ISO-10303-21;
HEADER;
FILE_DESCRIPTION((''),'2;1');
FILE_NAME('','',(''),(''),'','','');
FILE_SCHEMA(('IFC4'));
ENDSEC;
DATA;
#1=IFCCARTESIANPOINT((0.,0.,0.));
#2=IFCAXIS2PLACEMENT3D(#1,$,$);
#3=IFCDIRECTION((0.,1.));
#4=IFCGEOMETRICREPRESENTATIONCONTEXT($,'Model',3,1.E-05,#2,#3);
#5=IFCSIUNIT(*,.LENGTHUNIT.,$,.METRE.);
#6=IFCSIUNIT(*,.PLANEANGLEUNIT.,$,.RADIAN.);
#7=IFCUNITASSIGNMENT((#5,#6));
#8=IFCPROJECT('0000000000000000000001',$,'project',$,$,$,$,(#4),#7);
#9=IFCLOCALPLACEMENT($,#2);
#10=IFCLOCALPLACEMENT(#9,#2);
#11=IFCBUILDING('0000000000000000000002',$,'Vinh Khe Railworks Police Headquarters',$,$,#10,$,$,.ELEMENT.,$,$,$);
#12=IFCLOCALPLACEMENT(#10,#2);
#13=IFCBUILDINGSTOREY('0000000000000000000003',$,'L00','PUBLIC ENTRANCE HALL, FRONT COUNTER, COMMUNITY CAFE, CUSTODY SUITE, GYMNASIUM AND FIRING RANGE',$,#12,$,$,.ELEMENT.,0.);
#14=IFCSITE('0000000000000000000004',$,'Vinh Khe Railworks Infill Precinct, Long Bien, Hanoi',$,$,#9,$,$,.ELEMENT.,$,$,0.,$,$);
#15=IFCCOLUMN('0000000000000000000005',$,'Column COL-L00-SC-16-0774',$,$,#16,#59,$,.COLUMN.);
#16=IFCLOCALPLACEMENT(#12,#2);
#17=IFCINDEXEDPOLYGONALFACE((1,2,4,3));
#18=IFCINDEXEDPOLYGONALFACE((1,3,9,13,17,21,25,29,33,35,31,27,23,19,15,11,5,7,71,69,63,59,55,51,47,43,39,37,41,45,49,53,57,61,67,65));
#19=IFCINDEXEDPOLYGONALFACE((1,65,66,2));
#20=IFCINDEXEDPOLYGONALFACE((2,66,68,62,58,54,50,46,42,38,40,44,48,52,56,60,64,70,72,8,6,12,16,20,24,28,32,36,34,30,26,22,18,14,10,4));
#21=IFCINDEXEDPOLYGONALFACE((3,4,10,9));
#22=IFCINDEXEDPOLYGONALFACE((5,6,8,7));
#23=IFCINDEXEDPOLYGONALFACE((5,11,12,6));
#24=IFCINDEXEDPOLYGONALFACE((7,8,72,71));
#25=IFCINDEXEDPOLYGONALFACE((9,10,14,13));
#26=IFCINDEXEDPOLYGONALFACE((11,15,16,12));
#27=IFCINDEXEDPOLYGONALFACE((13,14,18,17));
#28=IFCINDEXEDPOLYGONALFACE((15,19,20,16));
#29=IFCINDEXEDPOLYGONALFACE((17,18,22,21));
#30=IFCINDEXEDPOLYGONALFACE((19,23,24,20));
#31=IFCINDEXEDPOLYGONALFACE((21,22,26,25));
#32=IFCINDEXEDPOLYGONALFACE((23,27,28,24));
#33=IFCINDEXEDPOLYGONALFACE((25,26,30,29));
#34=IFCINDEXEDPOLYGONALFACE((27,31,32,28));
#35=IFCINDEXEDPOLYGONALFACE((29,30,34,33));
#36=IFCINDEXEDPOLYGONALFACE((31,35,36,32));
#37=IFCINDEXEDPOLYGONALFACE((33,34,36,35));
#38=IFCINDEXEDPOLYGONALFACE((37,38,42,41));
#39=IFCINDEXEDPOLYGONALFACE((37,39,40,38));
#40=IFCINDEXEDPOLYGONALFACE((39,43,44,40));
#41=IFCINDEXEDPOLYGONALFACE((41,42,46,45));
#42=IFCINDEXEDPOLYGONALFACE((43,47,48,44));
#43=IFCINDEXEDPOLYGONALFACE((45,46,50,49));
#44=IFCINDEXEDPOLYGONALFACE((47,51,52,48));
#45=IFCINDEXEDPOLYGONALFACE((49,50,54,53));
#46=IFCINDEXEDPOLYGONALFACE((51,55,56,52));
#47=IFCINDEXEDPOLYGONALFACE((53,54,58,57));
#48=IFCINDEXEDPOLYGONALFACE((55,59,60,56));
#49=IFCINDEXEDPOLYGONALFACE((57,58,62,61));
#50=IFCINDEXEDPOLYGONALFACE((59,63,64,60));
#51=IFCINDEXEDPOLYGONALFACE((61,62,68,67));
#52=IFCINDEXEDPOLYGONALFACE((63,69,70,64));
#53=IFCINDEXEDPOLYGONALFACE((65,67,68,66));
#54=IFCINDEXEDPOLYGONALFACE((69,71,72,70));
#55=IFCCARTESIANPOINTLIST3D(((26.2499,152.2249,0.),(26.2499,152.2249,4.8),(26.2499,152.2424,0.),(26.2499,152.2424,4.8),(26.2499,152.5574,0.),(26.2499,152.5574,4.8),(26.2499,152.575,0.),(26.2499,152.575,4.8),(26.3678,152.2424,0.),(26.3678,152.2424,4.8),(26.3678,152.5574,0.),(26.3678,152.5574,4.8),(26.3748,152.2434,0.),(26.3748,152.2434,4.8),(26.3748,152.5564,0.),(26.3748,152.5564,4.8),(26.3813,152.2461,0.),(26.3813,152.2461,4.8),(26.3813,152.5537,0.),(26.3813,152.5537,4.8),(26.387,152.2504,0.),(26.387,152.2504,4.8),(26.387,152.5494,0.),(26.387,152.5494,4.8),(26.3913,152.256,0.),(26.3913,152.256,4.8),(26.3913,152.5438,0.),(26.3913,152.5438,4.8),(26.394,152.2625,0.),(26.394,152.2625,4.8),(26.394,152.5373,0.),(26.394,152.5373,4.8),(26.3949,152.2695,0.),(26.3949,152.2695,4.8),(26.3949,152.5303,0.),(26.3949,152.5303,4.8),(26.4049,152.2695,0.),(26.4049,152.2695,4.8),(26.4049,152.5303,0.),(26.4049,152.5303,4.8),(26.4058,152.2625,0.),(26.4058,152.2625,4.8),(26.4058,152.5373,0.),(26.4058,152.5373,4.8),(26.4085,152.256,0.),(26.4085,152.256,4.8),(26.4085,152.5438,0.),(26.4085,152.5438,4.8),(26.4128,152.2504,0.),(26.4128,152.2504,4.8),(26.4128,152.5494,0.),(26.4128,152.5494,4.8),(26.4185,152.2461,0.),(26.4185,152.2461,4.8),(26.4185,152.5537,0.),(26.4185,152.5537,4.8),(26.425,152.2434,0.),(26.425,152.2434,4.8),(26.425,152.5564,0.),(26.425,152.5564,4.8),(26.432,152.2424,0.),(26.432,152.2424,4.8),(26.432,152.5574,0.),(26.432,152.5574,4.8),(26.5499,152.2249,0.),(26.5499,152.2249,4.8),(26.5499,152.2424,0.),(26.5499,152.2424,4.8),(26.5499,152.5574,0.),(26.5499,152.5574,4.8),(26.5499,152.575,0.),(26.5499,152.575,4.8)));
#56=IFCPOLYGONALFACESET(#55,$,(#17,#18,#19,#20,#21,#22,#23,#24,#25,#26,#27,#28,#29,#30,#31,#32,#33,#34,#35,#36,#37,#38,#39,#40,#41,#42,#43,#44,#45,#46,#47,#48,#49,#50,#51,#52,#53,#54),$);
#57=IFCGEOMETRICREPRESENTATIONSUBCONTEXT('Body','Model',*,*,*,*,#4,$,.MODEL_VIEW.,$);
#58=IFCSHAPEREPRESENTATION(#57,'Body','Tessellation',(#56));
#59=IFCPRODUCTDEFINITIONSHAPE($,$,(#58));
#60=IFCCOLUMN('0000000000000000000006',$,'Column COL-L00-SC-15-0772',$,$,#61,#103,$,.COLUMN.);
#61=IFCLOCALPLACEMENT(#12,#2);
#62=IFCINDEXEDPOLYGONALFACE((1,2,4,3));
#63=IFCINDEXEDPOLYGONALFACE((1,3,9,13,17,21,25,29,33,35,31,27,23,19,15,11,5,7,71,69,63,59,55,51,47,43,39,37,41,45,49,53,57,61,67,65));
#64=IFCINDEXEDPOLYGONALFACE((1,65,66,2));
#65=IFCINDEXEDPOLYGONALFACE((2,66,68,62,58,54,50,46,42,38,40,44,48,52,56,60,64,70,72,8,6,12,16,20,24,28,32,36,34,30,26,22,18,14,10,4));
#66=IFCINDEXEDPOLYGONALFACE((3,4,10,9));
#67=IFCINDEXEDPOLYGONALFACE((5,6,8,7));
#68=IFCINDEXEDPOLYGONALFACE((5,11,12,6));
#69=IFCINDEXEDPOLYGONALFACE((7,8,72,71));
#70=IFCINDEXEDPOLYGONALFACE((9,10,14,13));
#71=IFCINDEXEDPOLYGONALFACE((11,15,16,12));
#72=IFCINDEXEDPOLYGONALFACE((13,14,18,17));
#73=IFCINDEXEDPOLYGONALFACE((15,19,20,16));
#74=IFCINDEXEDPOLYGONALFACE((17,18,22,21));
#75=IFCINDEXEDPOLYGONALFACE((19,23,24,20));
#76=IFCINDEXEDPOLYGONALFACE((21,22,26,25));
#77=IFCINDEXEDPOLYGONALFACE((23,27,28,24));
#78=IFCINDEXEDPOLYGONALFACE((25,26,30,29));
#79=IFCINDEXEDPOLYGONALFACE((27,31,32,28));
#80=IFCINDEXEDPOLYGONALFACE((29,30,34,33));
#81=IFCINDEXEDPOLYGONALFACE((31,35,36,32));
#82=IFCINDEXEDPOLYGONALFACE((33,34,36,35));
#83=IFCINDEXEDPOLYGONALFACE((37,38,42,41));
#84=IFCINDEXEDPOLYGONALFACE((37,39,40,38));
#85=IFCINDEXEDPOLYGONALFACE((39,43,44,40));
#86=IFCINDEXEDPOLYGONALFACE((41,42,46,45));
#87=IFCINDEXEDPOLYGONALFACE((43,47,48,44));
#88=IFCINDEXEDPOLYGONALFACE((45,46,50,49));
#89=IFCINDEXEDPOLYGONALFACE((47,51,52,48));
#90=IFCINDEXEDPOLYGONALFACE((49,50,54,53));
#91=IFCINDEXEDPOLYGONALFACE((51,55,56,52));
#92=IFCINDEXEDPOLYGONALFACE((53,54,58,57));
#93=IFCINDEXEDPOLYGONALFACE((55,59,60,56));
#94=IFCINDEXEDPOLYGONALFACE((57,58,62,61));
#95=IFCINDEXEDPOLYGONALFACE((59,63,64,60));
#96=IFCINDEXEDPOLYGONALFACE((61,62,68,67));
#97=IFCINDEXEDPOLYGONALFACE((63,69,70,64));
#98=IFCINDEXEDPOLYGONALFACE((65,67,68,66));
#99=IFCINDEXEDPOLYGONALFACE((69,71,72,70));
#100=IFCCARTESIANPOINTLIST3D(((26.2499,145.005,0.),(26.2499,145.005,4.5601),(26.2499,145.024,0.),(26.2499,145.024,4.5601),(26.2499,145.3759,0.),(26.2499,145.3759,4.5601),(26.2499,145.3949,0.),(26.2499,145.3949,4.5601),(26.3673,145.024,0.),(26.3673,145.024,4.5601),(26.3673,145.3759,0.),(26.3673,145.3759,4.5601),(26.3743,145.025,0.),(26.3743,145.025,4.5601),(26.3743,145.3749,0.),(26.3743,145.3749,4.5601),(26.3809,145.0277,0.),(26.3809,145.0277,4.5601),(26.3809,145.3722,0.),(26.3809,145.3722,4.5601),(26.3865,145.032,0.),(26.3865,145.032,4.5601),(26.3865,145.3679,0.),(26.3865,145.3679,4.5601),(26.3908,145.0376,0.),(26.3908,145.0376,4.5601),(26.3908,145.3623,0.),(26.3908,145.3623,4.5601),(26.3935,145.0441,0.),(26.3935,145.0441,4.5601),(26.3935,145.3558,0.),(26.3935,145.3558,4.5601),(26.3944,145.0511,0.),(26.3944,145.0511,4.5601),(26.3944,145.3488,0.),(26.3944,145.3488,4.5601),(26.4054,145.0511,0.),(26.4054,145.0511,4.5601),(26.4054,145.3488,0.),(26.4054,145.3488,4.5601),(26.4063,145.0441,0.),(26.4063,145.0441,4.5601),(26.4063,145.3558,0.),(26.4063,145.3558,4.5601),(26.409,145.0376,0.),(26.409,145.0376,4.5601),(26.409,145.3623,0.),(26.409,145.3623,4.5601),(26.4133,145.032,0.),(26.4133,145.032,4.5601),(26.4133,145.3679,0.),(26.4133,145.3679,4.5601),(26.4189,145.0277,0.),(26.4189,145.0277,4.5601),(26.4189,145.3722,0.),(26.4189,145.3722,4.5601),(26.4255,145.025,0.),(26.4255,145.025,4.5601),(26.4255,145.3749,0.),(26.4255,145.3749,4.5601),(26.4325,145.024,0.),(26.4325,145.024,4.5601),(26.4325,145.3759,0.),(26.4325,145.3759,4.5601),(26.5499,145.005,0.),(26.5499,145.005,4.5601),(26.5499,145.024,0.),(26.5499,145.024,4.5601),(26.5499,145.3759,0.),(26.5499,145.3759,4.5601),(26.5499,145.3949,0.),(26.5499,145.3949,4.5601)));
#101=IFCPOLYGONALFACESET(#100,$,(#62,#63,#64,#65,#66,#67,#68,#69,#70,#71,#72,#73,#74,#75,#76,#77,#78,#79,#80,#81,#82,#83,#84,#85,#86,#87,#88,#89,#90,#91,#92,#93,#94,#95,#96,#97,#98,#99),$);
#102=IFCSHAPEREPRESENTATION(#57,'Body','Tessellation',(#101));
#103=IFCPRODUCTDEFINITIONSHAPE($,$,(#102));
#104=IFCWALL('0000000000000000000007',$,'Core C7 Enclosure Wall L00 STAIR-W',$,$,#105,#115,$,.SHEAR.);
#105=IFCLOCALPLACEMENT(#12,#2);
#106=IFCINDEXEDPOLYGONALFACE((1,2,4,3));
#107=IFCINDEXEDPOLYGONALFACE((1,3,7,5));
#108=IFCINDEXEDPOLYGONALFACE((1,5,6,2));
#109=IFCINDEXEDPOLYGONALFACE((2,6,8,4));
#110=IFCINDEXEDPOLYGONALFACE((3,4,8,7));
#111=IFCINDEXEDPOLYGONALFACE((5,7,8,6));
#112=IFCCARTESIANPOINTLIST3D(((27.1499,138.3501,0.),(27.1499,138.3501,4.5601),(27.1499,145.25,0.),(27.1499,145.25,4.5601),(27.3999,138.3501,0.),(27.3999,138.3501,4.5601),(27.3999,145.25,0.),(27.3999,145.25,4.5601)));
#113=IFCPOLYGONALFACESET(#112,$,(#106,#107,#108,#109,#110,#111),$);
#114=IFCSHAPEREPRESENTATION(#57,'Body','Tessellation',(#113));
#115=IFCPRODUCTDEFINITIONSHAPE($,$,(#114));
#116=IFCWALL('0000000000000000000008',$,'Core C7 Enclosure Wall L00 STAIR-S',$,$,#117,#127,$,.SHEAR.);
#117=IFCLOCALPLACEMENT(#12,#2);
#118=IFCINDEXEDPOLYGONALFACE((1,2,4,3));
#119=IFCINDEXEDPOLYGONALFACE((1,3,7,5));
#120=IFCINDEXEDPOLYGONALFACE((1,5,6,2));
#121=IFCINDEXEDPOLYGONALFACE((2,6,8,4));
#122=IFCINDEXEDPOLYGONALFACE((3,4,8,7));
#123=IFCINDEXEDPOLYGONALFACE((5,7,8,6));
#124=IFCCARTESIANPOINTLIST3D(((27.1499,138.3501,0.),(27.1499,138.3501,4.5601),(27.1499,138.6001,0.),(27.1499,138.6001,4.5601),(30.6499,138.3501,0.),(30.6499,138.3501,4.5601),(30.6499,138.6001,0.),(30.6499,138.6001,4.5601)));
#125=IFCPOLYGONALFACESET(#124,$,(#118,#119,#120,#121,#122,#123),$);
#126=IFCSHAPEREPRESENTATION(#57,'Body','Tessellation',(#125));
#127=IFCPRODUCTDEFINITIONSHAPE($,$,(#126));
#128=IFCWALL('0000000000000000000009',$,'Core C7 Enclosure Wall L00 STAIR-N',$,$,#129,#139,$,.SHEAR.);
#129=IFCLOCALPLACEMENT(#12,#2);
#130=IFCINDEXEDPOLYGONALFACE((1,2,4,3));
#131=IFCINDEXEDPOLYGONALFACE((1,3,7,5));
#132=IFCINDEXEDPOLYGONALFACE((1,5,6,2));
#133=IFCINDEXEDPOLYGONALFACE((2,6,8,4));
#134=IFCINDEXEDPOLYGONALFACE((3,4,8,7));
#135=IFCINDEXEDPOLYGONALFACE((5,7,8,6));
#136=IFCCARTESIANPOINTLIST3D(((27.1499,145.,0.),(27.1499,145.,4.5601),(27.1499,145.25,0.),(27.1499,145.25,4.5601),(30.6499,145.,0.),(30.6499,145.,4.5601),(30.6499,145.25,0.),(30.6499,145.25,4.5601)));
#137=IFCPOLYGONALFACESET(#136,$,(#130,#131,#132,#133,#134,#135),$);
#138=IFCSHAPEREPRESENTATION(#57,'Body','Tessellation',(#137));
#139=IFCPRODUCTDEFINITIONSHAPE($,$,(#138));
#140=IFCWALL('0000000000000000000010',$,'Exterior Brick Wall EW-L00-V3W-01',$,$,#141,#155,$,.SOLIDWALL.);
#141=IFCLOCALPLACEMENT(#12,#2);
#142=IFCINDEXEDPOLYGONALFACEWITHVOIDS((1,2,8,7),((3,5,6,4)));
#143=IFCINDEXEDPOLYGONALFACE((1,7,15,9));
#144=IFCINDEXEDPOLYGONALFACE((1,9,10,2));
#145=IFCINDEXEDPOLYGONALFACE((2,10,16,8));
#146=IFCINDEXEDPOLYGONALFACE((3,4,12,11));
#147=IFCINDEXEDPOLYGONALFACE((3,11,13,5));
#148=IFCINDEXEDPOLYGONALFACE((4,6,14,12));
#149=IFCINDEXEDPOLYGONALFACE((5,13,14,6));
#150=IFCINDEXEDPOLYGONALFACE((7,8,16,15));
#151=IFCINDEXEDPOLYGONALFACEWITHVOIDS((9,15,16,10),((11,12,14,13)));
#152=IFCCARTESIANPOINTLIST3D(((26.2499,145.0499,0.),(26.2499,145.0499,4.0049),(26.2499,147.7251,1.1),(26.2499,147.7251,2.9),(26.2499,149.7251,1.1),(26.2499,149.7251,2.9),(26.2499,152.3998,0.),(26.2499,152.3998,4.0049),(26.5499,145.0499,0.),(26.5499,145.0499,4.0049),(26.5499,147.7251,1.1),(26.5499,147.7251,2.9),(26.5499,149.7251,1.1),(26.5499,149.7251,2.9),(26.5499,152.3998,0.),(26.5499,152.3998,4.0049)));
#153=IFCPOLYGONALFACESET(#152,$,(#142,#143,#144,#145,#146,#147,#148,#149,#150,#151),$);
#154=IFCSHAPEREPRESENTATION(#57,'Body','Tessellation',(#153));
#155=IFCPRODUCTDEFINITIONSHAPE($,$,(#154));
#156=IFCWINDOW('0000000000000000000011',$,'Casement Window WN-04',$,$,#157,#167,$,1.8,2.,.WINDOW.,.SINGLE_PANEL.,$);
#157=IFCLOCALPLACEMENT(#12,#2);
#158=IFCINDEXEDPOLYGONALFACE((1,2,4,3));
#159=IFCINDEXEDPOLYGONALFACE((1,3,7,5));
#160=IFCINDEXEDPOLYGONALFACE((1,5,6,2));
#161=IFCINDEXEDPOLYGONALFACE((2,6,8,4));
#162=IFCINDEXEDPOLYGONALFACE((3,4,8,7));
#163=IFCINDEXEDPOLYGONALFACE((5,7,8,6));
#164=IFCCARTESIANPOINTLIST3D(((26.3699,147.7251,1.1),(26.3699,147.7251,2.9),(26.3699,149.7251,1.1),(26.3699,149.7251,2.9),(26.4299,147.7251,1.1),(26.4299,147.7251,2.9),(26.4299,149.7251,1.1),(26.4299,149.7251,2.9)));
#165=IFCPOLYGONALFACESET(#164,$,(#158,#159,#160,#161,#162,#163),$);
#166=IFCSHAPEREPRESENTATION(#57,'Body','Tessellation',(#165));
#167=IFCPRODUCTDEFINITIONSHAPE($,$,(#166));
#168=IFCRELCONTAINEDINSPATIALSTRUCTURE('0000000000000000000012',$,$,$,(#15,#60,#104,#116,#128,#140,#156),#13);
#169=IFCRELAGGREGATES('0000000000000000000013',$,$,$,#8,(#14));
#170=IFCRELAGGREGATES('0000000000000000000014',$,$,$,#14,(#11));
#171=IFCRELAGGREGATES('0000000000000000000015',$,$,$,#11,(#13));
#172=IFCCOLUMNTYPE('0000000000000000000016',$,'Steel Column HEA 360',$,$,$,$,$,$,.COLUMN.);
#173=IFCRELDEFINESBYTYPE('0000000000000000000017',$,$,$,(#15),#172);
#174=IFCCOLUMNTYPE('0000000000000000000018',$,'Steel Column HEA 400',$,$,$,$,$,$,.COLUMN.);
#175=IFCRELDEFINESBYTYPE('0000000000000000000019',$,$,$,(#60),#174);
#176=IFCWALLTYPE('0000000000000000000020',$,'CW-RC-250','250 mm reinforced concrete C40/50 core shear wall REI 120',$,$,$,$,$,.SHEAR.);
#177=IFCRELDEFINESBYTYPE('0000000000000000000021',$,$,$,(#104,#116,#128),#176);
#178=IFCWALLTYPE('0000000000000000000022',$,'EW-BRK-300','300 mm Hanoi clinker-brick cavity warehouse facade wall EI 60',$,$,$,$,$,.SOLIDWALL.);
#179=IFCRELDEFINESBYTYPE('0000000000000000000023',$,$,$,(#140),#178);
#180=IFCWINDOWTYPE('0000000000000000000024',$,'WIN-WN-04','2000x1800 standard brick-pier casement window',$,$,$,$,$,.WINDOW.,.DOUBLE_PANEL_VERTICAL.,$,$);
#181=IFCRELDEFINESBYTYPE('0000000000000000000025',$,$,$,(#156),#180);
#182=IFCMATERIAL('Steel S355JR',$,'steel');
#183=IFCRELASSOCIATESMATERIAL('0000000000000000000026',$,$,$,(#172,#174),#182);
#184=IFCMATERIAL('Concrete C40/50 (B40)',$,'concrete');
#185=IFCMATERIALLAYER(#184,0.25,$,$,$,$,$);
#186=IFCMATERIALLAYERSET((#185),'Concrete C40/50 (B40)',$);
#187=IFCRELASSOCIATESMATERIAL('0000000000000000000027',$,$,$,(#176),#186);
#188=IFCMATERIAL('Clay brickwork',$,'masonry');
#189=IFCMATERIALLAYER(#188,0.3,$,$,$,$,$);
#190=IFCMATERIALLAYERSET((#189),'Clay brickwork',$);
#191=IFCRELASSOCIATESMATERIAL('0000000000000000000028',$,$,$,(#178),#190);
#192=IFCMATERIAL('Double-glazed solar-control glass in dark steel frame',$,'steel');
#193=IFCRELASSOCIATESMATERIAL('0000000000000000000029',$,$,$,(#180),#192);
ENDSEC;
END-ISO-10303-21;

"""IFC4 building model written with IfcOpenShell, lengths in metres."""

from ifc_helpers import new_model, si_unit, direction, frame, frame_2d, origin, origin_2d, place, context, subcontext, project, spatial, rectangle, i_section, extrude, material, layer, layer_set, material_profile, profile_set, type_object, element, fill, save


model = new_model("IFC4")

# Units and contexts
model_context = context("Model", 3, precision=1e-05, world=origin(), true_north=direction((0.0, 1.0)))
body_context = subcontext(model_context, "Body", "Model", "MODEL_VIEW")
ifc_project = project(units=[si_unit("LENGTHUNIT", "METRE"), si_unit("PLANEANGLEUNIT", "RADIAN")], contexts=[model_context])

# Site, building, storey
site_placement = place(None, origin())
site = spatial("IfcSite", under=ifc_project, at=site_placement, Name="Vinh Khe Railworks Infill Precinct, Long Bien, Hanoi", CompositionType="ELEMENT", RefElevation=0.0)
building_placement = place(site_placement, origin())
building = spatial("IfcBuilding", under=site, at=building_placement, Name="Vinh Khe Railworks Police Headquarters", CompositionType="ELEMENT")
storey_placement = place(building_placement, origin())
storey = spatial("IfcBuildingStorey", under=building, at=storey_placement, Name="L00", Description="PUBLIC ENTRANCE HALL, FRONT COUNTER, COMMUNITY CAFE, CUSTODY SUITE, GYMNASIUM AND FIRING RANGE", CompositionType="ELEMENT", Elevation=0.0)

# Columns
ifc_material_1 = material(Name="Steel S355JR", Category="steel")
ifc_material_profile_1 = material_profile(ifc_material_1, i_section(OverallWidth=0.3, OverallDepth=0.3501, WebThickness=0.01, FlangeThickness=0.0176, FilletRadius=0.0271, at=origin_2d()), Name="HEA 360")
ifc_profile_set_1 = profile_set([ifc_material_profile_1], Name="Steel S355JR")
column_type_1 = type_object("IfcColumnType", Name="Steel Column HEA 360", PredefinedType="COLUMN", material=ifc_profile_set_1)
column_1_placement = place(storey_placement, frame((26.3999, 152.3999, 0.0), z_axis=(0.0, 0.0, 1.0), x_axis=(1.0, 0.0, 0.0)))
element("IfcColumn", 1, at=column_1_placement, inside=storey, type_object=column_type_1, Name="Column COL-L00-SC-16-0774", PredefinedType="COLUMN", context=body_context, shape_type="SweptSolid", body=[
    extrude(i_section(OverallWidth=0.3, OverallDepth=0.3501, WebThickness=0.01, FlangeThickness=0.0176, FilletRadius=0.0271, at=origin_2d()), origin(), (0.0, 0.0, 1.0), 4.8),
])
ifc_material_profile_2 = material_profile(ifc_material_1, i_section(OverallWidth=0.3, OverallDepth=0.3899, WebThickness=0.011, FlangeThickness=0.019, FilletRadius=0.0271, at=origin_2d()), Name="HEA 400")
ifc_profile_set_2 = profile_set([ifc_material_profile_2], Name="Steel S355JR")
column_type_2 = type_object("IfcColumnType", Name="Steel Column HEA 400", PredefinedType="COLUMN", material=ifc_profile_set_2)
column_2_placement = place(storey_placement, frame((26.3999, 145.2, 0.0), z_axis=(0.0, 0.0, 1.0), x_axis=(1.0, 0.0, 0.0)))
element("IfcColumn", 2, at=column_2_placement, inside=storey, type_object=column_type_2, Name="Column COL-L00-SC-15-0772", PredefinedType="COLUMN", context=body_context, shape_type="SweptSolid", body=[
    extrude(i_section(OverallWidth=0.3, OverallDepth=0.3899, WebThickness=0.011, FlangeThickness=0.019, FilletRadius=0.0271, at=origin_2d()), origin(), (0.0, 0.0, 1.0), 4.5601),
])

# Walls
ifc_material_2 = material(Name="Concrete C40/50 (B40)", Category="concrete")
ifc_layer_1 = layer(ifc_material_2, 0.25)
ifc_layer_set_1 = layer_set([ifc_layer_1], Name="Concrete C40/50 (B40)")
wall_type_1 = type_object("IfcWallType", Name="CW-RC-250", Description="250 mm reinforced concrete C40/50 core shear wall REI 120", PredefinedType="SHEAR", material=ifc_layer_set_1)
wall_1_placement = place(storey_placement, frame((27.2749, 138.3501, 0.0), z_axis=(0.0, 0.0, 1.0), x_axis=(0.0, 1.0, 0.0)))
element("IfcWall", 3, at=wall_1_placement, inside=storey, type_object=wall_type_1, Name="Core C7 Enclosure Wall L00 STAIR-W", PredefinedType="SHEAR", context=body_context, shape_type="SweptSolid", body=[
    extrude(rectangle(XDim=6.8999, YDim=0.25, at=frame_2d((3.45, 0.0))), origin(), (0.0, 0.0, 1.0), 4.5601),
])
for number, where, z_axis, x_axis, name in (
    (4, (27.1499, 138.4751, 0.0), (0.0, 0.0, 1.0), (1.0, 0.0, 0.0), "Core C7 Enclosure Wall L00 STAIR-S"),
    (5, (27.1499, 145.125, 0.0), (0.0, 0.0, 1.0), (1.0, 0.0, 0.0), "Core C7 Enclosure Wall L00 STAIR-N"),
):
    element("IfcWall", number, at=place(storey_placement, frame(where, z_axis=z_axis, x_axis=x_axis)), inside=storey, type_object=wall_type_1, Name=name, PredefinedType="SHEAR", context=body_context, shape_type="SweptSolid", body=[
        extrude(rectangle(XDim=3.5, YDim=0.25, at=frame_2d((1.75, 0.0))), origin(), (0.0, 0.0, 1.0), 4.5601),
    ])

# Wall, opening, window
ifc_material_3 = material(Name="Clay brickwork", Category="masonry")
ifc_layer_2 = layer(ifc_material_3, 0.3)
ifc_layer_set_2 = layer_set([ifc_layer_2], Name="Clay brickwork")
wall_type_2 = type_object("IfcWallType", Name="EW-BRK-300", Description="300 mm Hanoi clinker-brick cavity warehouse facade wall EI 60", PredefinedType="SOLIDWALL", material=ifc_layer_set_2)
wall_2_placement = place(storey_placement, frame((26.3999, 145.05, 0.0), z_axis=(0.0, 0.0, 1.0), x_axis=(0.0, 1.0, 0.0)))
wall_2 = element("IfcWall", 6, at=wall_2_placement, inside=storey, type_object=wall_type_2, Name="Exterior Brick Wall EW-L00-V3W-01", PredefinedType="SOLIDWALL", context=body_context, shape_type="SweptSolid", body=[
    extrude(rectangle(XDim=7.3499, YDim=0.3, at=frame_2d((3.6748, 0.0))), origin(), (0.0, 0.0, 1.0), 4.0049),
])
opening_placement = place(wall_2_placement, frame((2.675, 0.0, 1.1001)))
opening = element("IfcOpeningElement", 7, at=opening_placement, cuts=wall_2, PredefinedType="OPENING", context=body_context, shape_type="SweptSolid", body=[
    extrude(rectangle(XDim=2.0, YDim=1.8, at=frame_2d((1.0, 0.8999))), frame((0.0, 0.165, 0.0), z_axis=(0.0, -1.0, 0.0), x_axis=(1.0, 0.0, 0.0)), (0.0, 0.0, 1.0), 0.3298),
])
ifc_material_4 = material(Name="Double-glazed solar-control glass in dark steel frame", Category="steel")
window_type = type_object("IfcWindowType", Name="WIN-WN-04", Description="2000x1800 standard brick-pier casement window", PartitioningType="DOUBLE_PANEL_VERTICAL", PredefinedType="WINDOW", material=ifc_material_4)
window_placement = place(opening_placement, origin())
window = element("IfcWindow", 8, at=window_placement, inside=storey, type_object=window_type, Name="Casement Window WN-04", OverallHeight=1.8, OverallWidth=2.0, PartitioningType="SINGLE_PANEL", PredefinedType="WINDOW", context=body_context, shape_type="SweptSolid", body=[
    extrude(rectangle(XDim=2.0, YDim=1.8, at=frame_2d((1.0, 0.8999))), frame((0.0, 0.03, 0.0), z_axis=(0.0, -1.0, 0.0), x_axis=(1.0, 0.0, 0.0)), (0.0, 0.0, 1.0), 0.0601),
])
fill(opening, window)

save(model, "model.ifc")
